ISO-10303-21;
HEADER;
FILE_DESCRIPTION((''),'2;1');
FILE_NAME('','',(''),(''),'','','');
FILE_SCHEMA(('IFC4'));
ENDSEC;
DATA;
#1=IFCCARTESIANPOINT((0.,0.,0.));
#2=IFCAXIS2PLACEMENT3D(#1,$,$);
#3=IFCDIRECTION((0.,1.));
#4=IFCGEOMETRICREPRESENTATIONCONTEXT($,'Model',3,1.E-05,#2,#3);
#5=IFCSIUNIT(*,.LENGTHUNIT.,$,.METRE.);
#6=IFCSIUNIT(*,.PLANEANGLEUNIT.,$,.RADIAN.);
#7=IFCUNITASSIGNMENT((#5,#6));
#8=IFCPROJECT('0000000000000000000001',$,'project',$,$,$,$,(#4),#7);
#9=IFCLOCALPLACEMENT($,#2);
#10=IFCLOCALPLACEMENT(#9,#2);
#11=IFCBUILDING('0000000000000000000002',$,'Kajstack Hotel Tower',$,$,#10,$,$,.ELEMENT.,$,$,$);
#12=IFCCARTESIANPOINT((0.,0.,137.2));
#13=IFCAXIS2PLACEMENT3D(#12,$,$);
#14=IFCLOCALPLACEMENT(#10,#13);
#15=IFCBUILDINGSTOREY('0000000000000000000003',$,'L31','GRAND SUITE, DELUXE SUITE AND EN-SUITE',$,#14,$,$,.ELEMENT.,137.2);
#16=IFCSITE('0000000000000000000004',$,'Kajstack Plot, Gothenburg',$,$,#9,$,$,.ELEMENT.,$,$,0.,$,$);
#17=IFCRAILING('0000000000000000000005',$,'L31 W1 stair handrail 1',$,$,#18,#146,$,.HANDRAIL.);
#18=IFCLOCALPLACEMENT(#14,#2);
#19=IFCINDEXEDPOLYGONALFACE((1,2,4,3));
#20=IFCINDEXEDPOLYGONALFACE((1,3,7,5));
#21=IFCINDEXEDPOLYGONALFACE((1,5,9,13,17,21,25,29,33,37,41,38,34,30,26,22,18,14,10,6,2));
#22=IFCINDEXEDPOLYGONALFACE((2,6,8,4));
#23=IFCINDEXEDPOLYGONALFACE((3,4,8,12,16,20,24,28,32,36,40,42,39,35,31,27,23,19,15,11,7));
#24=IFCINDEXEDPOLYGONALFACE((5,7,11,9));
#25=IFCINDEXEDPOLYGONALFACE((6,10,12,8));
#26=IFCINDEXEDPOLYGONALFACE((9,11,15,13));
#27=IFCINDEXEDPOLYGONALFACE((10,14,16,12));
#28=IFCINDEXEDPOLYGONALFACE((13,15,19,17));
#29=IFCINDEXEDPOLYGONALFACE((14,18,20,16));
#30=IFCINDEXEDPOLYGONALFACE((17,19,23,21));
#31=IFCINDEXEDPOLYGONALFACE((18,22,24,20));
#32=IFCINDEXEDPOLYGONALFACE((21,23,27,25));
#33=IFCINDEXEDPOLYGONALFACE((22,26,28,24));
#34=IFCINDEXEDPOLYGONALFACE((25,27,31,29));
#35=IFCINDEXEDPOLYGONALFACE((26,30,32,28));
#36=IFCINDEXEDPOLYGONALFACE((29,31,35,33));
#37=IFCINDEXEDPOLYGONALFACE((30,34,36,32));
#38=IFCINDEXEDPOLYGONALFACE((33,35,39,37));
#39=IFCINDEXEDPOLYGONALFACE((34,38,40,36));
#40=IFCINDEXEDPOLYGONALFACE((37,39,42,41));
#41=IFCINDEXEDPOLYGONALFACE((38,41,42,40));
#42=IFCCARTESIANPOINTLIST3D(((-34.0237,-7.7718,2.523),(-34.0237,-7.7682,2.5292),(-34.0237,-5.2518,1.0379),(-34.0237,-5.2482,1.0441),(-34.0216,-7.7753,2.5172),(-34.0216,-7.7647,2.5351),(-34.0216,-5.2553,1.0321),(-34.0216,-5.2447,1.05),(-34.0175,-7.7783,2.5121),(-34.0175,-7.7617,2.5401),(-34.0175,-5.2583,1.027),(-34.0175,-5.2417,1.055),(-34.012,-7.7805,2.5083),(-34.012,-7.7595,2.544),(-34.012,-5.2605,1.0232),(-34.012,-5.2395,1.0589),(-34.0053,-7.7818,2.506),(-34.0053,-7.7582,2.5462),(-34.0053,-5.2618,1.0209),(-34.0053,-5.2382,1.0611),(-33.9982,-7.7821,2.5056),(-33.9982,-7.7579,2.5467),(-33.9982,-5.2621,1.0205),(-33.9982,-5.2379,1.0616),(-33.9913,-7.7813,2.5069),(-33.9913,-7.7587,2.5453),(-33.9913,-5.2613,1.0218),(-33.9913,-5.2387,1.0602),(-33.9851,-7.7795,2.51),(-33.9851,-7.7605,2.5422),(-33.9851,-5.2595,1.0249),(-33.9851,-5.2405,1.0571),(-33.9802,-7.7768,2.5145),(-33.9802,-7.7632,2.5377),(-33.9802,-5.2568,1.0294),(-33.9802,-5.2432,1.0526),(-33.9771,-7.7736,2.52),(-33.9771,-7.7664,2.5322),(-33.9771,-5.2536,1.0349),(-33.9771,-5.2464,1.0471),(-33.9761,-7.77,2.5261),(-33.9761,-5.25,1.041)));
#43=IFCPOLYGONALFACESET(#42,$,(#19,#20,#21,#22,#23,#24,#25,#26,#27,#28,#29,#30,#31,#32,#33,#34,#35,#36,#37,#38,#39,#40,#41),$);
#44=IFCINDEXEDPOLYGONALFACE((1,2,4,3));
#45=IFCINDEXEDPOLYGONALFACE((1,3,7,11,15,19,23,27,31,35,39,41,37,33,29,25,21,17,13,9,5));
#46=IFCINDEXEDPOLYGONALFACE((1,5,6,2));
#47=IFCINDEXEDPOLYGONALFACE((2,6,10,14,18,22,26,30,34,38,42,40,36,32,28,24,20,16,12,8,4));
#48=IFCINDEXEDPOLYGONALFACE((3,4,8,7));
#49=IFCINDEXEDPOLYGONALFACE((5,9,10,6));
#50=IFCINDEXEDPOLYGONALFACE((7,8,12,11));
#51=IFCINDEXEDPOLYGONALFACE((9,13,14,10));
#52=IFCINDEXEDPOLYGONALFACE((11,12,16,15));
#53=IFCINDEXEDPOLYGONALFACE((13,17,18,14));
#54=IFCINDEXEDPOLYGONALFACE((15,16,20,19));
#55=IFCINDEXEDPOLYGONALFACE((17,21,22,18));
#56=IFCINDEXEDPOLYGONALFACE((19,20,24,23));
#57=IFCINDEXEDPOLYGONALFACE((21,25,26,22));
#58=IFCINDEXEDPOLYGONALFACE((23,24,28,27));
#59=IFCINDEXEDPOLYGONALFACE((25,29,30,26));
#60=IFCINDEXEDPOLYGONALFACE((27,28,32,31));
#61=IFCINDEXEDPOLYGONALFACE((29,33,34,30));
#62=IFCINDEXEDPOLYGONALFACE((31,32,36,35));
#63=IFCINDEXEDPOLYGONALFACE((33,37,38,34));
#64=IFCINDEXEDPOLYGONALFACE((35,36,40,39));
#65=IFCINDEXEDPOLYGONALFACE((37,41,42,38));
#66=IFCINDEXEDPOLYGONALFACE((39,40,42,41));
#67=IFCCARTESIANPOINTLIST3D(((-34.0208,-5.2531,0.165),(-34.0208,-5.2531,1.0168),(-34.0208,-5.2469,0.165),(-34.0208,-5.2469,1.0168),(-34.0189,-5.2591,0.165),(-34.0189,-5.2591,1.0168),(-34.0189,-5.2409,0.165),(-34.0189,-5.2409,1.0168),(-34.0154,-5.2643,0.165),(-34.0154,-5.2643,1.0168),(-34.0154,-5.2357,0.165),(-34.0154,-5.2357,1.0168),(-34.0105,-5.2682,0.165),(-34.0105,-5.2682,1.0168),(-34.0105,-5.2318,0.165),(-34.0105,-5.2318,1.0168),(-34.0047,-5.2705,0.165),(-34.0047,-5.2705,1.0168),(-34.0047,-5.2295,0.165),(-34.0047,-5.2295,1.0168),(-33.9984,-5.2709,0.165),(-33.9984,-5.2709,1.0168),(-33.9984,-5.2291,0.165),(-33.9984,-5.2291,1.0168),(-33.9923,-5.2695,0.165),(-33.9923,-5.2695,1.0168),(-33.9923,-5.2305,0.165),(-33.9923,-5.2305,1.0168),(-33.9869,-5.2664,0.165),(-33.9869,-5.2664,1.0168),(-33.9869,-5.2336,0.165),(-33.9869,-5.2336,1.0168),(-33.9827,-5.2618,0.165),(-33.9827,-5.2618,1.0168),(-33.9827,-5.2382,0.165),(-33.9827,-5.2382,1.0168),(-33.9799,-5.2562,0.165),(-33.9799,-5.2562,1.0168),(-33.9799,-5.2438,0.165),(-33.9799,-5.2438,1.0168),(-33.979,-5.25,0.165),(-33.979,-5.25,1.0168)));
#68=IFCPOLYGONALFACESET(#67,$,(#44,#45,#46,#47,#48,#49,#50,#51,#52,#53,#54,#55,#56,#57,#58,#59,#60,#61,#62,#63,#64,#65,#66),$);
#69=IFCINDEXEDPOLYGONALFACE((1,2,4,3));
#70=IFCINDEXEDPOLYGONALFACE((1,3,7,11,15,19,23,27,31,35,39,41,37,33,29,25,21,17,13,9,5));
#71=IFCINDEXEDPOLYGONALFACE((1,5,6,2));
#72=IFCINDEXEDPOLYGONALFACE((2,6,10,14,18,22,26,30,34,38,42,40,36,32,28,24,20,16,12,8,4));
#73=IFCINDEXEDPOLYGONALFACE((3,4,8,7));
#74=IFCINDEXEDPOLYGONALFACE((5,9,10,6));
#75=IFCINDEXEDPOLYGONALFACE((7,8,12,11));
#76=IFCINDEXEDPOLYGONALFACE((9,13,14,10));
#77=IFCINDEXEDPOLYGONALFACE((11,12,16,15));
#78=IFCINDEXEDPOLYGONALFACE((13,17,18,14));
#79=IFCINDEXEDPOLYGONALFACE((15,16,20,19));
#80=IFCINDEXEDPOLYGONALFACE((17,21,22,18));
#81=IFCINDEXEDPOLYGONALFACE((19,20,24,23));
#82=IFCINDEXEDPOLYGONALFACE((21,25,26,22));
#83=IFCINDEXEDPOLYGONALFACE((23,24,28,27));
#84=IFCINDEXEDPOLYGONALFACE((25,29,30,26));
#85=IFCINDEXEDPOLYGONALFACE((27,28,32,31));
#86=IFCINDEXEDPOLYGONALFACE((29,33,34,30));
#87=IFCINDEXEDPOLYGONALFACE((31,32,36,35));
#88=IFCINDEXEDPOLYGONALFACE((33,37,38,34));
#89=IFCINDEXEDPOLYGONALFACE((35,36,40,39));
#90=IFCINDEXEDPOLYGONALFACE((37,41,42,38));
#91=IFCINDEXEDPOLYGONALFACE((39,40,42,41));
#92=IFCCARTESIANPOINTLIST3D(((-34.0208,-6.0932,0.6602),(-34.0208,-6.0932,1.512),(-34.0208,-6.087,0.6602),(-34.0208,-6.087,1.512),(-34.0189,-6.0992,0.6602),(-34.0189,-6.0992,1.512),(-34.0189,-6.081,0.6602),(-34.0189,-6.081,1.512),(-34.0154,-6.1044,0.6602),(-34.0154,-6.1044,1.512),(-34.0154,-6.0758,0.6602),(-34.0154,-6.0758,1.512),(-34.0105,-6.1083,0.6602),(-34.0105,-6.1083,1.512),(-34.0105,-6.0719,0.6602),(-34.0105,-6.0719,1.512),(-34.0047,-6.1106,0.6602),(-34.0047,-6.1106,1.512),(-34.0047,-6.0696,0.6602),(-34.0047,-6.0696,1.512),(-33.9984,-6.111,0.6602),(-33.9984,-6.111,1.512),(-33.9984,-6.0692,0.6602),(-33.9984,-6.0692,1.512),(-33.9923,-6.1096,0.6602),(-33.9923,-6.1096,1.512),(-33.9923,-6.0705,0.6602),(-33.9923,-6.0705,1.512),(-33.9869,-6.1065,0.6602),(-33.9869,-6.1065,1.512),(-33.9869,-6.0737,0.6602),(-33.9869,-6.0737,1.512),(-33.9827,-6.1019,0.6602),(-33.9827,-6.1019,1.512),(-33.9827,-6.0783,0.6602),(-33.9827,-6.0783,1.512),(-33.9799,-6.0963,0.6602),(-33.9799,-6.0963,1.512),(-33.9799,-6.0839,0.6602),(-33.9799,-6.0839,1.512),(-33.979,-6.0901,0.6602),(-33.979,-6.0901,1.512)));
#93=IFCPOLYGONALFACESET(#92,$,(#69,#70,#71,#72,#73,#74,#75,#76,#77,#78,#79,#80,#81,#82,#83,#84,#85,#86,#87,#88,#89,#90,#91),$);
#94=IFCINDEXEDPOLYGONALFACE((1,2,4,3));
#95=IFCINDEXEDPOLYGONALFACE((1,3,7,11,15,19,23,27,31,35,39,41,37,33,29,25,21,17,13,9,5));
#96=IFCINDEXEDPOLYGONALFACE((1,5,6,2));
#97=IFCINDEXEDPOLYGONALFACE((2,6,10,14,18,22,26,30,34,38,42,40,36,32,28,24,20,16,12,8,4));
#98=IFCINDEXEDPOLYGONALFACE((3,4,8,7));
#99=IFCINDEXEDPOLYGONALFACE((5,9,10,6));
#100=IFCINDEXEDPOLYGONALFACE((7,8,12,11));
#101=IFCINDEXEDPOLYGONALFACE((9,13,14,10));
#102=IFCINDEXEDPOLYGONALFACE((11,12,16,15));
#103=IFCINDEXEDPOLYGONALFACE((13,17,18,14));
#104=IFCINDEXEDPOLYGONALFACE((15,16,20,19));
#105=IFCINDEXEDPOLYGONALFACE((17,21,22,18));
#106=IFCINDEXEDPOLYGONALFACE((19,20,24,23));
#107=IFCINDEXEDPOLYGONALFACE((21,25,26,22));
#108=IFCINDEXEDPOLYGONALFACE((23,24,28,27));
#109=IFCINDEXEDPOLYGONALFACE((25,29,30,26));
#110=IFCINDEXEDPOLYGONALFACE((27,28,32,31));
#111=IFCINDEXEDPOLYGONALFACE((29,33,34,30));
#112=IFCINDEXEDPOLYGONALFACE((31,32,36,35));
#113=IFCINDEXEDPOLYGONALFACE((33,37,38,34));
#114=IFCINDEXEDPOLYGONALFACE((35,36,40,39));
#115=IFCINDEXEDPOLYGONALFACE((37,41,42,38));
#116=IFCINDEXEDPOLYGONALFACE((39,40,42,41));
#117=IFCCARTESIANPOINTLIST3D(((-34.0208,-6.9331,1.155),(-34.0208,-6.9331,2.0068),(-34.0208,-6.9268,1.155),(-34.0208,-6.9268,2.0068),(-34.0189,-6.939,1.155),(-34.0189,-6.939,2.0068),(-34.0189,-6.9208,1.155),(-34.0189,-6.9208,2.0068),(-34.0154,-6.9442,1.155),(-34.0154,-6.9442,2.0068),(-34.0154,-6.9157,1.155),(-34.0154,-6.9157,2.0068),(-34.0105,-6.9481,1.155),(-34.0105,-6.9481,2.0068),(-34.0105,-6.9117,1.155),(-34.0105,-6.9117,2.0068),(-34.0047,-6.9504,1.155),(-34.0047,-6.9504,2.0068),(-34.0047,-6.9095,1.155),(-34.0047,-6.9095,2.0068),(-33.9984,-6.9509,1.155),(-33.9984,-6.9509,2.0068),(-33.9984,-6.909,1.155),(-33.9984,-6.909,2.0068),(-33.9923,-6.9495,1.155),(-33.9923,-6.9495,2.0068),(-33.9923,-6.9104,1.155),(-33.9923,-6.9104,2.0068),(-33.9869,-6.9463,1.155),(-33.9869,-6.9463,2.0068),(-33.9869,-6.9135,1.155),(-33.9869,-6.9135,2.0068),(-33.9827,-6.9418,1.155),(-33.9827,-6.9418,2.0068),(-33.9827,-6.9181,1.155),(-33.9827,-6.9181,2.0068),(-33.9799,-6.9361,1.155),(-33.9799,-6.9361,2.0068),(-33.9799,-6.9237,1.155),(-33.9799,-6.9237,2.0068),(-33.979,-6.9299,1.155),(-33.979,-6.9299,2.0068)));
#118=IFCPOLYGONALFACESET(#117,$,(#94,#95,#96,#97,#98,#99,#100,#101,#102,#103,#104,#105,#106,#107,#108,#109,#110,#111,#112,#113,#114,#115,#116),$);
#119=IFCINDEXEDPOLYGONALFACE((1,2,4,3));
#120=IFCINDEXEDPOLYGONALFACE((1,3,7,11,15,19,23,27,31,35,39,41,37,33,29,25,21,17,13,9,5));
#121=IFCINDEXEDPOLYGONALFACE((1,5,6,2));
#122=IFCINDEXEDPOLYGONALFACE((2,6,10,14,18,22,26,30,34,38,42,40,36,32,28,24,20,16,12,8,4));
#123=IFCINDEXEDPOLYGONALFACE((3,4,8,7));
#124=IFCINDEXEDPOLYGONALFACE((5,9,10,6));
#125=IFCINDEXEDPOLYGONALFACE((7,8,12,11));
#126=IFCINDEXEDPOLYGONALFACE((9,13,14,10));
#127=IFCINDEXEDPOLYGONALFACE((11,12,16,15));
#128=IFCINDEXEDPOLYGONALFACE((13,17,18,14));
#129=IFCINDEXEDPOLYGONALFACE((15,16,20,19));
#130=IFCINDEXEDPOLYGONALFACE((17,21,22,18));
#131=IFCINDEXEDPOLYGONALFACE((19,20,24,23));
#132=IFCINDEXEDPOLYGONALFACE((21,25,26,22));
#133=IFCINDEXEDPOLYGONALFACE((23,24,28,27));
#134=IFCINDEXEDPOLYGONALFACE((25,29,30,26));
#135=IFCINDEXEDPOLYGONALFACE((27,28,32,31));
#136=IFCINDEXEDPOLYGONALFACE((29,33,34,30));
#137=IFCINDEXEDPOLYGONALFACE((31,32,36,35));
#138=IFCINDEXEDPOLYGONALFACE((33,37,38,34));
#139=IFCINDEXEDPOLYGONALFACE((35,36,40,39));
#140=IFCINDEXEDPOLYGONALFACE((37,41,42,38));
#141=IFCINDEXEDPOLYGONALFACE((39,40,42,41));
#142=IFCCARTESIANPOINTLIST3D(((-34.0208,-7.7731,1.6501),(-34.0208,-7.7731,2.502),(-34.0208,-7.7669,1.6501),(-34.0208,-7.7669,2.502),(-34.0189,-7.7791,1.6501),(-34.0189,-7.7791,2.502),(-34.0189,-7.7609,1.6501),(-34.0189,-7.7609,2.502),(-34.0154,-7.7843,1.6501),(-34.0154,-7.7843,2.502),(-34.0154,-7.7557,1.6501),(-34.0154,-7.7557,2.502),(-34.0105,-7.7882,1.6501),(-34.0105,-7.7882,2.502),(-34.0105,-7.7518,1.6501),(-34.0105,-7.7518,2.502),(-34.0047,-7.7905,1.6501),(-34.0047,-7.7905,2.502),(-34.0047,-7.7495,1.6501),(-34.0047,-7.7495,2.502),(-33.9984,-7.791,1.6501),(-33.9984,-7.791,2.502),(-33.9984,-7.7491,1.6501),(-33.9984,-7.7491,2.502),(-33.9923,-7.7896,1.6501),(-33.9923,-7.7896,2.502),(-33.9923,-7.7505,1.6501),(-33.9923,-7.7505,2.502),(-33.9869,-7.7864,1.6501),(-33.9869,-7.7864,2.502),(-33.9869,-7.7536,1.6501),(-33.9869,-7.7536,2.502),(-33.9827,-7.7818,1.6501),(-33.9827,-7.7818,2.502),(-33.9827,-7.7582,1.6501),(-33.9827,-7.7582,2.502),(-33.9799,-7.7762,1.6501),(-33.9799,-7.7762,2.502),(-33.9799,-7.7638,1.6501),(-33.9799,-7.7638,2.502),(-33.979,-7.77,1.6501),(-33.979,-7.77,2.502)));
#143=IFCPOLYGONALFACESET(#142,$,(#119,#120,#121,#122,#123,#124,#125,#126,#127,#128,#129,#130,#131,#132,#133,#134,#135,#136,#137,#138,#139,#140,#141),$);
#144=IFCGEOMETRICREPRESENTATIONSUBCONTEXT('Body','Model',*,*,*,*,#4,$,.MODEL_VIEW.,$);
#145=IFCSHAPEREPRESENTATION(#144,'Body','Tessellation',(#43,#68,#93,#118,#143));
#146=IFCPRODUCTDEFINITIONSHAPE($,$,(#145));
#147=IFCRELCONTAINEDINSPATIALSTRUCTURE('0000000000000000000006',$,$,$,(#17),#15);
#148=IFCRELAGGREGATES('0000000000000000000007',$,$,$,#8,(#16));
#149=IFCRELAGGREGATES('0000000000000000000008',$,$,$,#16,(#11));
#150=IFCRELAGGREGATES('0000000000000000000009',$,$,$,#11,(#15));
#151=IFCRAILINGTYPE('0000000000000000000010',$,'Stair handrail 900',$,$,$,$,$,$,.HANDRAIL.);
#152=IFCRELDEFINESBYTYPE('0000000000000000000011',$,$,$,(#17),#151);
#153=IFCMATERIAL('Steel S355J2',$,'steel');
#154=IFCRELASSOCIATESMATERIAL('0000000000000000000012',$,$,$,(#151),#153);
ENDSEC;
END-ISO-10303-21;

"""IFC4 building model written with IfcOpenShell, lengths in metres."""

from ifc_helpers import new_model, si_unit, direction, frame, origin, origin_2d, place, context, subcontext, project, spatial, circle, extrude, material, type_object, element, save


model = new_model("IFC4")

# Units and contexts
model_context = context("Model", 3, precision=1e-05, world=origin(), true_north=direction((0.0, 1.0)))
body_context = subcontext(model_context, "Body", "Model", "MODEL_VIEW")
ifc_project = project(units=[si_unit("LENGTHUNIT", "METRE"), si_unit("PLANEANGLEUNIT", "RADIAN")], contexts=[model_context])

# Site, building, storey
site_placement = place(None, origin())
site = spatial("IfcSite", under=ifc_project, at=site_placement, Name="Kajstack Plot, Gothenburg", CompositionType="ELEMENT", RefElevation=0.0)
building_placement = place(site_placement, origin())
building = spatial("IfcBuilding", under=site, at=building_placement, Name="Kajstack Hotel Tower", CompositionType="ELEMENT")
storey_placement = place(building_placement, frame((0.0, 0.0, 137.2)))
storey = spatial("IfcBuildingStorey", under=building, at=storey_placement, Name="L31", Description="GRAND SUITE, DELUXE SUITE AND EN-SUITE", CompositionType="ELEMENT", Elevation=137.2)

# Railing
ifc_material_1 = material(Name="Steel S355J2", Category="steel")
railing_type_1 = type_object("IfcRailingType", Name="Stair handrail 900", PredefinedType="HANDRAIL", material=ifc_material_1)
railing_1_placement = place(storey_placement, frame((-34.0, -5.25, 0.165)))
element("IfcRailing", 1, at=railing_1_placement, inside=storey, type_object=railing_type_1, Name="L31 W1 stair handrail 1", PredefinedType="HANDRAIL", context=body_context, shape_type="SweptSolid", body=[
    extrude(circle(Radius=0.0239, at=origin_2d()), frame((0.0, 0.0, 0.876), z_axis=(0.0, -0.861524, 0.507717), x_axis=(1.0, 0.0, 0.0)), (0.0, 0.0, 1.0), 2.925),
    extrude(circle(Radius=0.021, at=origin_2d()), origin(), (0.0, 0.0, 1.0), 0.8518),
    extrude(circle(Radius=0.021, at=origin_2d()), frame((0.0, -0.8401, 0.4951)), (0.0, 0.0, 1.0), 0.8518),
    extrude(circle(Radius=0.021, at=origin_2d()), frame((0.0, -1.6799, 0.99)), (0.0, 0.0, 1.0), 0.8518),
    extrude(circle(Radius=0.021, at=origin_2d()), frame((0.0, -2.52, 1.4851)), (0.0, 0.0, 1.0), 0.8518),
])

save(model, "model.ifc")
